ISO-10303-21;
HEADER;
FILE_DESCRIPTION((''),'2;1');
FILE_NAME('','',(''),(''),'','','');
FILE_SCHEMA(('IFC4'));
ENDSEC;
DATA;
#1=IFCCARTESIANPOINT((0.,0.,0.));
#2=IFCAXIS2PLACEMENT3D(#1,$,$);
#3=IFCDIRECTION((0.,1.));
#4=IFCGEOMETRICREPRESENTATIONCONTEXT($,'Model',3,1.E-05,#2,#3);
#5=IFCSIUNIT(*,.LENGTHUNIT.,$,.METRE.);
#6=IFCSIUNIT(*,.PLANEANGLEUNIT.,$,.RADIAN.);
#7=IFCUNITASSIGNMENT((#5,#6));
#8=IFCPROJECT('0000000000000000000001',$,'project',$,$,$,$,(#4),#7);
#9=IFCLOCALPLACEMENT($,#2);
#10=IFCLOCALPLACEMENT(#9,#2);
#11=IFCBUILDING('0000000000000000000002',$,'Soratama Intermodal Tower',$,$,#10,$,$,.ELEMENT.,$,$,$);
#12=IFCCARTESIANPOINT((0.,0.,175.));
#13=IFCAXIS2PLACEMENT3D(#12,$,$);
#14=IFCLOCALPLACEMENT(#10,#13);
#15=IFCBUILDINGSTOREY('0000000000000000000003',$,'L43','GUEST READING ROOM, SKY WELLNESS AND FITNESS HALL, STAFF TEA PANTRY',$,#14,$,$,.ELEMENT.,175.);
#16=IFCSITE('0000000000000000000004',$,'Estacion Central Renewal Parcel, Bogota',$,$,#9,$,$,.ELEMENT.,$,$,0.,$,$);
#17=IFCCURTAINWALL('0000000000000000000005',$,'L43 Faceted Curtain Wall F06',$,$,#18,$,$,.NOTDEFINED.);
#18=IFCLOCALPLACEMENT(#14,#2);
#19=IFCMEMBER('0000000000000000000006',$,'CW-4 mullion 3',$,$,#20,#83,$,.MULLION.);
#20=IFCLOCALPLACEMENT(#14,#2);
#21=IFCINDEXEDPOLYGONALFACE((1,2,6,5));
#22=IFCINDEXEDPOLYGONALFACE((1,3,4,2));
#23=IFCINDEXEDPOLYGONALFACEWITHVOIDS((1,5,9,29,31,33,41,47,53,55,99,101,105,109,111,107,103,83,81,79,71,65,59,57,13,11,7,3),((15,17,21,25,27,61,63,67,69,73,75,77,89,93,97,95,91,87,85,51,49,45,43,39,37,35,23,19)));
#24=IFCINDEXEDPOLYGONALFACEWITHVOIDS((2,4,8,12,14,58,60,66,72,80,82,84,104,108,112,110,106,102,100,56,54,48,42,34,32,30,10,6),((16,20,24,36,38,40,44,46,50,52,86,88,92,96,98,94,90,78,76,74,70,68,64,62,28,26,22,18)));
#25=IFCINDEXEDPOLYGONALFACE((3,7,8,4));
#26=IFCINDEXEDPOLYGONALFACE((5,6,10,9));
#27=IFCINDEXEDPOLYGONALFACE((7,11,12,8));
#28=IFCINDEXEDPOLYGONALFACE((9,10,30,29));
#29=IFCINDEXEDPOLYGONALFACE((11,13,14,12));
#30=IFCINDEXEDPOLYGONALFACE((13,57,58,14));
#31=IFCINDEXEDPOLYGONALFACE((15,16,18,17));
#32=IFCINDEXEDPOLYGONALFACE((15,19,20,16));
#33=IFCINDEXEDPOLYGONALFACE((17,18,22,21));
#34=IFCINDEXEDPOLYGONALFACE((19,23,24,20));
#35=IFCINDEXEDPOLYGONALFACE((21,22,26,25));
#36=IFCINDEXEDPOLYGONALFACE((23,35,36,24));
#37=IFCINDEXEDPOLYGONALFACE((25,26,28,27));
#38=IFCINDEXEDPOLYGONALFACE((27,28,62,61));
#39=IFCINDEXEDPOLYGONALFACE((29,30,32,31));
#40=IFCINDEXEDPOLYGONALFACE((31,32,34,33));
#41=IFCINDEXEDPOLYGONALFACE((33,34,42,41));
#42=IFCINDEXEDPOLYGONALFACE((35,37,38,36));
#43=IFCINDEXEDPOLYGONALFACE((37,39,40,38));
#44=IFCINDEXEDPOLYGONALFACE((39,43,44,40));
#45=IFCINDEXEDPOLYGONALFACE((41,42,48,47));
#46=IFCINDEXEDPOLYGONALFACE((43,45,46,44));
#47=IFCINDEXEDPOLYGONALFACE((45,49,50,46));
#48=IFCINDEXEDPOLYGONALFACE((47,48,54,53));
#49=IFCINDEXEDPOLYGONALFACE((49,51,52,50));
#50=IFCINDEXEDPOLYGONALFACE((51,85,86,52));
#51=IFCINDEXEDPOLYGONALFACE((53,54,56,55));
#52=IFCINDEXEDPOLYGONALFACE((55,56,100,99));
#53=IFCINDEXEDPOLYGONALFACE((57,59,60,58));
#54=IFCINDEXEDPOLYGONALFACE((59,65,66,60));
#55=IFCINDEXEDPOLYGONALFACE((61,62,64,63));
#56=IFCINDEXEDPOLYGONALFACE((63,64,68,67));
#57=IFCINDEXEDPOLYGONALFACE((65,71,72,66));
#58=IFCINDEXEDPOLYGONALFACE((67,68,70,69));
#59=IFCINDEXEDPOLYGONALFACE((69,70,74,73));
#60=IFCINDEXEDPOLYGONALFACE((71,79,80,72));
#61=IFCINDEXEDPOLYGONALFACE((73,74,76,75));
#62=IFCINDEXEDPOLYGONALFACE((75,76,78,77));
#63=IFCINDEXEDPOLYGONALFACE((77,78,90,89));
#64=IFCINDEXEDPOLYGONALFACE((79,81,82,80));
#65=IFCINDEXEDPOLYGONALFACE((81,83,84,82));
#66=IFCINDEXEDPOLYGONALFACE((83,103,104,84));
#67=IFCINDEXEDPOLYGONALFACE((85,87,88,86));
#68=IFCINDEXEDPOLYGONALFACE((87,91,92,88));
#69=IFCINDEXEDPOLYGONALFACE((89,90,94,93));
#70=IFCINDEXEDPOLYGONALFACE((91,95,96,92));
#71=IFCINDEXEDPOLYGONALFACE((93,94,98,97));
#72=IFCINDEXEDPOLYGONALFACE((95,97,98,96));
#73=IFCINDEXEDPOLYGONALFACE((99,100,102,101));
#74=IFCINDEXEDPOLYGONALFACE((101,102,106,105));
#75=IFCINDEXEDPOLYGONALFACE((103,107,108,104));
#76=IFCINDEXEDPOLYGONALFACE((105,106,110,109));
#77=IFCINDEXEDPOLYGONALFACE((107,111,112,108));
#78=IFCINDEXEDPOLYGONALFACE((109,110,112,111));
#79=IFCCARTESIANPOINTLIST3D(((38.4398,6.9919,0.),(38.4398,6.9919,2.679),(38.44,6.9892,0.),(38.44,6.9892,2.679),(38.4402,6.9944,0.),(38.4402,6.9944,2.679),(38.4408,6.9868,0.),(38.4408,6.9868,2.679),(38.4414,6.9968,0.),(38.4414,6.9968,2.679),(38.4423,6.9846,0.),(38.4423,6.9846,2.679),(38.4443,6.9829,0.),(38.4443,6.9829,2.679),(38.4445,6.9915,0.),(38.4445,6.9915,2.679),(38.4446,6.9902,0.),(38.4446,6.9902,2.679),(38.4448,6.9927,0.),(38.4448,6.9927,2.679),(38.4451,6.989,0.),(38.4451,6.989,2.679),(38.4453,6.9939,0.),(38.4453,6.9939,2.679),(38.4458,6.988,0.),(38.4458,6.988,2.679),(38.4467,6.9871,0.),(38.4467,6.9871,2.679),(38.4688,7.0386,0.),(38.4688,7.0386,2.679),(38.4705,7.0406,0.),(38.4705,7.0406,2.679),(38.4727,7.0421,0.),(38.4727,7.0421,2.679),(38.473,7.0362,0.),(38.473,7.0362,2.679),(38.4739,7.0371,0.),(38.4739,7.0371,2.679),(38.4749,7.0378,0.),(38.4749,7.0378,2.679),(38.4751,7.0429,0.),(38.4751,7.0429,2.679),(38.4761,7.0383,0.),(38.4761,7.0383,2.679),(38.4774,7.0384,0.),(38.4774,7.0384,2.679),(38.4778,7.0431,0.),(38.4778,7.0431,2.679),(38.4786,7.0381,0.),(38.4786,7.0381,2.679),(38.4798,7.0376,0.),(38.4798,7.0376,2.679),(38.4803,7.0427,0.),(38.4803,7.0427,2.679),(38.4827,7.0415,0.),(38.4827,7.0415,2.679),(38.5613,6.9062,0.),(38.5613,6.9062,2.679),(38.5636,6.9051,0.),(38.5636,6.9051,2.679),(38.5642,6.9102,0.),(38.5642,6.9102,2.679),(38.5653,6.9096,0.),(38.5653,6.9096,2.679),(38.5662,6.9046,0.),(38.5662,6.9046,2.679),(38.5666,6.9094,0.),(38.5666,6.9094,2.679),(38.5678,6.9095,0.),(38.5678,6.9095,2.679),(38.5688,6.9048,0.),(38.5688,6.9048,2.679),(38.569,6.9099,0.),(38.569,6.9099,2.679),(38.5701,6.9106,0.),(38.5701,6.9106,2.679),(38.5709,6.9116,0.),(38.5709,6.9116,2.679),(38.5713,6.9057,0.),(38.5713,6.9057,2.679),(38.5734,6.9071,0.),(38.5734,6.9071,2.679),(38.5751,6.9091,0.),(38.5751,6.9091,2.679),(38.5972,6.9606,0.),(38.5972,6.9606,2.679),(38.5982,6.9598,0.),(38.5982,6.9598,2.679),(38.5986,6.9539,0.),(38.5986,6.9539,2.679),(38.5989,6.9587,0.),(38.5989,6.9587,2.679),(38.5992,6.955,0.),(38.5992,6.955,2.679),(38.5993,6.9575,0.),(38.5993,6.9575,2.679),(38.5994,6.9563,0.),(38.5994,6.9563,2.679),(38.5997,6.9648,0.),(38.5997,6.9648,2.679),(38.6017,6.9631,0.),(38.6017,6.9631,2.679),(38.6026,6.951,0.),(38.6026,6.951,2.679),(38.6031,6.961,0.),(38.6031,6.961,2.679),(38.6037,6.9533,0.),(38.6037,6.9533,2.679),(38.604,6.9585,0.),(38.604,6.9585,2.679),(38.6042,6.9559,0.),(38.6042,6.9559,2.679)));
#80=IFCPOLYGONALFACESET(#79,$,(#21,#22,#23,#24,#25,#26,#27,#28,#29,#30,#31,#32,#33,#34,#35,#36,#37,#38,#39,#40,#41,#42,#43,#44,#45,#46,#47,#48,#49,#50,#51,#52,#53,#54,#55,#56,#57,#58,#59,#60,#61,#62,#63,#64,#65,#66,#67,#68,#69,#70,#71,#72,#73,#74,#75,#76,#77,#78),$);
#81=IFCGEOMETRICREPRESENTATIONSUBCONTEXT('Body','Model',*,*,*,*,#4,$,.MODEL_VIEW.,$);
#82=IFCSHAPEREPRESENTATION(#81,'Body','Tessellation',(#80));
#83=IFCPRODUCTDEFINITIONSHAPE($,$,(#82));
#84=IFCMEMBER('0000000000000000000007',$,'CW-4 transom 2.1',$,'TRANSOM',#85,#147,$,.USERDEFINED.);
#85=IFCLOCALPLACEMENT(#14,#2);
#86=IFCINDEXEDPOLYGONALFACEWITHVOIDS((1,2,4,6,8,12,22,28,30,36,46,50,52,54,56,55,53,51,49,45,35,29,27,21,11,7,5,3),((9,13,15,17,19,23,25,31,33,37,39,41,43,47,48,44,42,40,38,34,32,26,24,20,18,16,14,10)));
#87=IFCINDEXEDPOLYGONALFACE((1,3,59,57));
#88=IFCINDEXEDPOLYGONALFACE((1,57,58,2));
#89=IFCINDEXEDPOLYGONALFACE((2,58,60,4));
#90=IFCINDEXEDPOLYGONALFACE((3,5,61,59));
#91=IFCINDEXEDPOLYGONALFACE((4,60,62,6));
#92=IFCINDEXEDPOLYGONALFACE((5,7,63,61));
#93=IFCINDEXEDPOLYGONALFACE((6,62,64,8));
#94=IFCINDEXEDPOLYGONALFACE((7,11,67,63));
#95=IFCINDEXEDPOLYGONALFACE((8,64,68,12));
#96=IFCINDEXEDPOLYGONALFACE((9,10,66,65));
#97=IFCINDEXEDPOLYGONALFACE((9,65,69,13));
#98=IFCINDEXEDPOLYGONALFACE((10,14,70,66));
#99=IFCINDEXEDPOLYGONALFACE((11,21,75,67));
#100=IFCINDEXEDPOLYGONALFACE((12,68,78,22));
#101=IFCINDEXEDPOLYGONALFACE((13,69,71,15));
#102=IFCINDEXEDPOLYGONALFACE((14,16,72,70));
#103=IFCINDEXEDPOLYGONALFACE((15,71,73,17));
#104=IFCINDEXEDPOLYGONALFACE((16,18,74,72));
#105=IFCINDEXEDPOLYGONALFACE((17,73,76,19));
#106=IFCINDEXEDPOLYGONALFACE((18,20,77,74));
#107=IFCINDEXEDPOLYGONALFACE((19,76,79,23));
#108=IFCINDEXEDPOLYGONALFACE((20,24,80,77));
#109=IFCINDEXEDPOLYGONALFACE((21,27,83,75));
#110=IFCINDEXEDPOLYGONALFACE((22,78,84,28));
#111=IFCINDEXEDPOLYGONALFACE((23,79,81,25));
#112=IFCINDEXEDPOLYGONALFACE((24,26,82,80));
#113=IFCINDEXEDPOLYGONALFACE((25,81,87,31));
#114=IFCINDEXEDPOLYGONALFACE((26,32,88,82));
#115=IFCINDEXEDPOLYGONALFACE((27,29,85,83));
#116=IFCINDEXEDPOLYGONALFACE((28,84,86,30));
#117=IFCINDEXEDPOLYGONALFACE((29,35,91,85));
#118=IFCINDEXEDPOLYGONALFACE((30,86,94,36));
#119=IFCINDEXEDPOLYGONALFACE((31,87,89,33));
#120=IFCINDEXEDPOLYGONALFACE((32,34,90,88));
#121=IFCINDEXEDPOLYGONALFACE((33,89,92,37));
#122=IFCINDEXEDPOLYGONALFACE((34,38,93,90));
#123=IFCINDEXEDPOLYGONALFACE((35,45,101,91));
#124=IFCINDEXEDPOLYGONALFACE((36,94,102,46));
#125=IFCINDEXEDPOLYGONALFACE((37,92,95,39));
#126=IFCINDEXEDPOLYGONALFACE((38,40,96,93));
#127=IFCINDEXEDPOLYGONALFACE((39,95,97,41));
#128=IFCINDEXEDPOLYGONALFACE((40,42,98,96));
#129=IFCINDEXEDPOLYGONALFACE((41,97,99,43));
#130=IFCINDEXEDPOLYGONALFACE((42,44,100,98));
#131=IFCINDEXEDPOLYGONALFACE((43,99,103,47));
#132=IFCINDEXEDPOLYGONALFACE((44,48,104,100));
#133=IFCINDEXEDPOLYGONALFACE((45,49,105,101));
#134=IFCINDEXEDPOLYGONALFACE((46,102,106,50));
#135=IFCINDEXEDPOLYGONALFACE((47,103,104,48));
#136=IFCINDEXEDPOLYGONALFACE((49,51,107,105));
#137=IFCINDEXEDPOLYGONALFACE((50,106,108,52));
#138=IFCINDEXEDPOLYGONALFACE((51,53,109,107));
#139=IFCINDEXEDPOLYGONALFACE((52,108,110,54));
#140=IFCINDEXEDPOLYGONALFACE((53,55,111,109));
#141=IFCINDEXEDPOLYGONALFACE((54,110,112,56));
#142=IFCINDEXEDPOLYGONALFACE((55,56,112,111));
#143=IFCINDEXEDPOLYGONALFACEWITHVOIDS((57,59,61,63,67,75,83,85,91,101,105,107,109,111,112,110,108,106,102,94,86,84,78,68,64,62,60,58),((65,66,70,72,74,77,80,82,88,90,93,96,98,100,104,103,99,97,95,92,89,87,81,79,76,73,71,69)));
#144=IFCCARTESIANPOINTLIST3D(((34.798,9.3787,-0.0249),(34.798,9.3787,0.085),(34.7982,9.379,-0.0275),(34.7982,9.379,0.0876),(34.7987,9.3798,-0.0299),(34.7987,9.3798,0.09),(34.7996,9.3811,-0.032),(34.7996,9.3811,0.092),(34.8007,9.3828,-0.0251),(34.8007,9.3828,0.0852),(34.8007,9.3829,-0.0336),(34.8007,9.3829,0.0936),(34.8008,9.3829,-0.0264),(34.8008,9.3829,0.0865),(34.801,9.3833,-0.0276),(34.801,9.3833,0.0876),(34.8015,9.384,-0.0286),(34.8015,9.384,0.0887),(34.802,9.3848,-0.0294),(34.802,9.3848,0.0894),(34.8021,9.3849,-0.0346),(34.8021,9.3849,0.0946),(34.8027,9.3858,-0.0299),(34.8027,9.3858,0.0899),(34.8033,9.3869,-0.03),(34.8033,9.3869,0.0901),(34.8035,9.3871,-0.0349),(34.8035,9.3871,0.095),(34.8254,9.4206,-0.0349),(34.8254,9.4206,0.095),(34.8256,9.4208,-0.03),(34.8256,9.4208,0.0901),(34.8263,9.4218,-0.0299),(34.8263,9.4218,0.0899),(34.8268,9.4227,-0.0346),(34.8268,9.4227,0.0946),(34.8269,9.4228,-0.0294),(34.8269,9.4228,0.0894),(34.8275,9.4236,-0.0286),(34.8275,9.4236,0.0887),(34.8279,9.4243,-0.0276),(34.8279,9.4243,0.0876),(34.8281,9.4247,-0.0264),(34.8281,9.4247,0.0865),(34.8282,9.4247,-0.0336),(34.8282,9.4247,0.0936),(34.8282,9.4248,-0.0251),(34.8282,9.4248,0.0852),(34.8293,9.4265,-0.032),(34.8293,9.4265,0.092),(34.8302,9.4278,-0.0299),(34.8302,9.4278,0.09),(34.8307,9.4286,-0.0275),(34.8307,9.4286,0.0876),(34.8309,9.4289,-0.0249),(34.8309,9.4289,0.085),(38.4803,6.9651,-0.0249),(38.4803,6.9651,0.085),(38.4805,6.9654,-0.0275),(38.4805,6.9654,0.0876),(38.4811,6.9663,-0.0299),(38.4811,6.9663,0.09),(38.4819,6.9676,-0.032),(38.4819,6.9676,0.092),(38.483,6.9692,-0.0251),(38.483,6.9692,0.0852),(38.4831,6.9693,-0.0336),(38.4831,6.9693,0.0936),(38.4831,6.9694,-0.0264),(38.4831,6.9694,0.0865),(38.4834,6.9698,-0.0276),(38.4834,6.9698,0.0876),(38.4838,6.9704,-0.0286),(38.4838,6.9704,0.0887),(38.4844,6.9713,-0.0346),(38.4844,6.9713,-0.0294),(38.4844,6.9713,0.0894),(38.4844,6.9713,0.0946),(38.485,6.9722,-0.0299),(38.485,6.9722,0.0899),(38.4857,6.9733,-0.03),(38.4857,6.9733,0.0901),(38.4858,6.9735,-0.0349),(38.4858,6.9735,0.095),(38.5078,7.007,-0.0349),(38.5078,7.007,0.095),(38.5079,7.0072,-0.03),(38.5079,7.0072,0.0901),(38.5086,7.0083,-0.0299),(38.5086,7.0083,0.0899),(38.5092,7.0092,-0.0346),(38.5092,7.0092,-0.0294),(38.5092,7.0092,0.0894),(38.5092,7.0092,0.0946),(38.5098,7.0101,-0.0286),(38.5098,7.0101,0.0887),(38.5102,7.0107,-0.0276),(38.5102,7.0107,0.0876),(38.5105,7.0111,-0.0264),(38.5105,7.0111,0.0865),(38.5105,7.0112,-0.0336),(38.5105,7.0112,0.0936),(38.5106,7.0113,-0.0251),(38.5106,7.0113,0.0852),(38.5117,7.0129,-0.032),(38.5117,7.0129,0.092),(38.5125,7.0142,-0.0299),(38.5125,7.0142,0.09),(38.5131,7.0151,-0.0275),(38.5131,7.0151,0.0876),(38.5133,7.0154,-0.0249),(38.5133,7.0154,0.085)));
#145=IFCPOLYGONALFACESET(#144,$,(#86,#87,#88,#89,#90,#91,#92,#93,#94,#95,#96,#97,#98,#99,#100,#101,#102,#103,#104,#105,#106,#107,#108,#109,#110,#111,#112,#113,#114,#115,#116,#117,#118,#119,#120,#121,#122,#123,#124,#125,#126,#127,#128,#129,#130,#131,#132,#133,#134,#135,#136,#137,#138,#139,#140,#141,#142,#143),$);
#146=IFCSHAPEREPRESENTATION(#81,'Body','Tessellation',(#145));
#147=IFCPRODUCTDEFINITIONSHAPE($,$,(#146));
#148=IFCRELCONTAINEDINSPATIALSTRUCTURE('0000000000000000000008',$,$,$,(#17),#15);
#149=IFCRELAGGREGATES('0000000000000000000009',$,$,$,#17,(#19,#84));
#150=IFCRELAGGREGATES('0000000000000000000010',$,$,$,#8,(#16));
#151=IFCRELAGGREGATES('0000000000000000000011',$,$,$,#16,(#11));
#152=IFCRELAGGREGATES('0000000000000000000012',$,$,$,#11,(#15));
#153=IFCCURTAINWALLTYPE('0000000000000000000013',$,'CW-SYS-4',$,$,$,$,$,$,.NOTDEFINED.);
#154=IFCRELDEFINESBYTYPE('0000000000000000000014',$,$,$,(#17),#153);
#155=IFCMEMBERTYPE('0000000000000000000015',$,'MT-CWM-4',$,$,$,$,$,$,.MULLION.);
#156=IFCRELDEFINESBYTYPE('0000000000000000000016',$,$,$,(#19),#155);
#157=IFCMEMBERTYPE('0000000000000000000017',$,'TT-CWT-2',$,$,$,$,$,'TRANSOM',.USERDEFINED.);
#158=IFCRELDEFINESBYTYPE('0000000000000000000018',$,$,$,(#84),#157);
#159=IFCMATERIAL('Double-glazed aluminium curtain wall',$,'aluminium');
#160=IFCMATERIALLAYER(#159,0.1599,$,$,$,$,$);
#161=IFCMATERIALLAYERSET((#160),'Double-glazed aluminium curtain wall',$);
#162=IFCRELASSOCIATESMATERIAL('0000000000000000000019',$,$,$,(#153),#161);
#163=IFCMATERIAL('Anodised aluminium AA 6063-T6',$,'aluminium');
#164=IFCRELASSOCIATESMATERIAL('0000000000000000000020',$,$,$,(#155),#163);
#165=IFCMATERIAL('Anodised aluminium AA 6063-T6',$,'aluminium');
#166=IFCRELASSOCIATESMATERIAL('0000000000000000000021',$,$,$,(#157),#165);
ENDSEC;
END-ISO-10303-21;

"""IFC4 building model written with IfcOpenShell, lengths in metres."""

from ifc_helpers import new_model, si_unit, direction, frame, origin, origin_2d, place, context, subcontext, project, spatial, hollow_rectangle, extrude, material, layer, layer_set, material_profile, profile_set, type_object, element, aggregate, save


model = new_model("IFC4")

# Units and contexts
model_context = context("Model", 3, precision=1e-05, world=origin(), true_north=direction((0.0, 1.0)))
body_context = subcontext(model_context, "Body", "Model", "MODEL_VIEW")
ifc_project = project(units=[si_unit("LENGTHUNIT", "METRE"), si_unit("PLANEANGLEUNIT", "RADIAN")], contexts=[model_context])

# Site, building, storey
site_placement = place(None, origin())
site = spatial("IfcSite", under=ifc_project, at=site_placement, Name="Estacion Central Renewal Parcel, Bogota", CompositionType="ELEMENT", RefElevation=0.0)
building_placement = place(site_placement, origin())
building = spatial("IfcBuilding", under=site, at=building_placement, Name="Soratama Intermodal Tower", CompositionType="ELEMENT")
storey_placement = place(building_placement, frame((0.0, 0.0, 175.0)))
storey = spatial("IfcBuildingStorey", under=building, at=storey_placement, Name="L43", Description="GUEST READING ROOM, SKY WELLNESS AND FITNESS HALL, STAFF TEA PANTRY", CompositionType="ELEMENT", Elevation=175.0)

# Curtain wall, members
ifc_material_1 = material(Name="Double-glazed aluminium curtain wall", Category="aluminium")
ifc_layer_1 = layer(ifc_material_1, 0.1599)
ifc_layer_set_1 = layer_set([ifc_layer_1], Name="Double-glazed aluminium curtain wall")
curtain_wall_type = type_object("IfcCurtainWallType", Name="CW-SYS-4", PredefinedType="NOTDEFINED", material=ifc_layer_set_1)
curtain_wall_placement = place(storey_placement, origin())
curtain_wall = element("IfcCurtainWall", 1, at=curtain_wall_placement, inside=storey, type_object=curtain_wall_type, Name="L43 Faceted Curtain Wall F06", PredefinedType="NOTDEFINED")
ifc_material_2 = material(Name="Anodised aluminium AA 6063-T6", Category="aluminium")
ifc_material_profile_1 = material_profile(ifc_material_2, hollow_rectangle(XDim=0.0701, YDim=0.1599, WallThickness=0.0049, InnerFilletRadius=0.0049, OuterFilletRadius=0.01, at=origin_2d()), Name="CWM160X70X5")
ifc_profile_set_1 = profile_set([ifc_material_profile_1], Name="Anodised aluminium AA 6063-T6")
member_type_1 = type_object("IfcMemberType", Name="MT-CWM-4", PredefinedType="MULLION", material=ifc_profile_set_1)
member_1_placement = place(storey_placement, frame((38.522, 6.9739, 0.0), z_axis=(0.0, 0.0, 1.0), x_axis=(0.548142, 0.836385, 0.0)))
member_1 = element("IfcMember", 2, at=member_1_placement, type_object=member_type_1, Name="CW-4 mullion 3", PredefinedType="MULLION", context=body_context, shape_type="SweptSolid", body=[
    extrude(hollow_rectangle(XDim=0.0701, YDim=0.1599, WallThickness=0.0049, InnerFilletRadius=0.0049, OuterFilletRadius=0.01, at=origin_2d()), origin(), (0.0, 0.0, 1.0), 2.679),
])
ifc_material_3 = material(Name="Anodised aluminium AA 6063-T6", Category="aluminium")
ifc_material_profile_2 = material_profile(ifc_material_3, hollow_rectangle(XDim=0.0601, YDim=0.1299, WallThickness=0.0049, InnerFilletRadius=0.0049, OuterFilletRadius=0.01, at=origin_2d()), Name="CWT130X60X5")
ifc_profile_set_2 = profile_set([ifc_material_profile_2], Name="Anodised aluminium AA 6063-T6")
member_type_2 = type_object("IfcMemberType", Name="TT-CWT-2", ElementType="TRANSOM", PredefinedType="USERDEFINED", material=ifc_profile_set_2)
member_2_placement = place(storey_placement, frame((34.8145, 9.4038, 0.03), z_axis=(0.836359, -0.548183, 0.0), x_axis=(0.548183, 0.836359, 0.0)))
member_2 = element("IfcMember", 3, at=member_2_placement, type_object=member_type_2, Name="CW-4 transom 2.1", ObjectType="TRANSOM", PredefinedType="USERDEFINED", context=body_context, shape_type="SweptSolid", body=[
    extrude(hollow_rectangle(XDim=0.0601, YDim=0.1299, WallThickness=0.0049, InnerFilletRadius=0.0049, OuterFilletRadius=0.01, at=origin_2d()), origin(), (0.0, 0.0, 1.0), 4.4028),
])
aggregate(curtain_wall, [member_1, member_2])

save(model, "model.ifc")
